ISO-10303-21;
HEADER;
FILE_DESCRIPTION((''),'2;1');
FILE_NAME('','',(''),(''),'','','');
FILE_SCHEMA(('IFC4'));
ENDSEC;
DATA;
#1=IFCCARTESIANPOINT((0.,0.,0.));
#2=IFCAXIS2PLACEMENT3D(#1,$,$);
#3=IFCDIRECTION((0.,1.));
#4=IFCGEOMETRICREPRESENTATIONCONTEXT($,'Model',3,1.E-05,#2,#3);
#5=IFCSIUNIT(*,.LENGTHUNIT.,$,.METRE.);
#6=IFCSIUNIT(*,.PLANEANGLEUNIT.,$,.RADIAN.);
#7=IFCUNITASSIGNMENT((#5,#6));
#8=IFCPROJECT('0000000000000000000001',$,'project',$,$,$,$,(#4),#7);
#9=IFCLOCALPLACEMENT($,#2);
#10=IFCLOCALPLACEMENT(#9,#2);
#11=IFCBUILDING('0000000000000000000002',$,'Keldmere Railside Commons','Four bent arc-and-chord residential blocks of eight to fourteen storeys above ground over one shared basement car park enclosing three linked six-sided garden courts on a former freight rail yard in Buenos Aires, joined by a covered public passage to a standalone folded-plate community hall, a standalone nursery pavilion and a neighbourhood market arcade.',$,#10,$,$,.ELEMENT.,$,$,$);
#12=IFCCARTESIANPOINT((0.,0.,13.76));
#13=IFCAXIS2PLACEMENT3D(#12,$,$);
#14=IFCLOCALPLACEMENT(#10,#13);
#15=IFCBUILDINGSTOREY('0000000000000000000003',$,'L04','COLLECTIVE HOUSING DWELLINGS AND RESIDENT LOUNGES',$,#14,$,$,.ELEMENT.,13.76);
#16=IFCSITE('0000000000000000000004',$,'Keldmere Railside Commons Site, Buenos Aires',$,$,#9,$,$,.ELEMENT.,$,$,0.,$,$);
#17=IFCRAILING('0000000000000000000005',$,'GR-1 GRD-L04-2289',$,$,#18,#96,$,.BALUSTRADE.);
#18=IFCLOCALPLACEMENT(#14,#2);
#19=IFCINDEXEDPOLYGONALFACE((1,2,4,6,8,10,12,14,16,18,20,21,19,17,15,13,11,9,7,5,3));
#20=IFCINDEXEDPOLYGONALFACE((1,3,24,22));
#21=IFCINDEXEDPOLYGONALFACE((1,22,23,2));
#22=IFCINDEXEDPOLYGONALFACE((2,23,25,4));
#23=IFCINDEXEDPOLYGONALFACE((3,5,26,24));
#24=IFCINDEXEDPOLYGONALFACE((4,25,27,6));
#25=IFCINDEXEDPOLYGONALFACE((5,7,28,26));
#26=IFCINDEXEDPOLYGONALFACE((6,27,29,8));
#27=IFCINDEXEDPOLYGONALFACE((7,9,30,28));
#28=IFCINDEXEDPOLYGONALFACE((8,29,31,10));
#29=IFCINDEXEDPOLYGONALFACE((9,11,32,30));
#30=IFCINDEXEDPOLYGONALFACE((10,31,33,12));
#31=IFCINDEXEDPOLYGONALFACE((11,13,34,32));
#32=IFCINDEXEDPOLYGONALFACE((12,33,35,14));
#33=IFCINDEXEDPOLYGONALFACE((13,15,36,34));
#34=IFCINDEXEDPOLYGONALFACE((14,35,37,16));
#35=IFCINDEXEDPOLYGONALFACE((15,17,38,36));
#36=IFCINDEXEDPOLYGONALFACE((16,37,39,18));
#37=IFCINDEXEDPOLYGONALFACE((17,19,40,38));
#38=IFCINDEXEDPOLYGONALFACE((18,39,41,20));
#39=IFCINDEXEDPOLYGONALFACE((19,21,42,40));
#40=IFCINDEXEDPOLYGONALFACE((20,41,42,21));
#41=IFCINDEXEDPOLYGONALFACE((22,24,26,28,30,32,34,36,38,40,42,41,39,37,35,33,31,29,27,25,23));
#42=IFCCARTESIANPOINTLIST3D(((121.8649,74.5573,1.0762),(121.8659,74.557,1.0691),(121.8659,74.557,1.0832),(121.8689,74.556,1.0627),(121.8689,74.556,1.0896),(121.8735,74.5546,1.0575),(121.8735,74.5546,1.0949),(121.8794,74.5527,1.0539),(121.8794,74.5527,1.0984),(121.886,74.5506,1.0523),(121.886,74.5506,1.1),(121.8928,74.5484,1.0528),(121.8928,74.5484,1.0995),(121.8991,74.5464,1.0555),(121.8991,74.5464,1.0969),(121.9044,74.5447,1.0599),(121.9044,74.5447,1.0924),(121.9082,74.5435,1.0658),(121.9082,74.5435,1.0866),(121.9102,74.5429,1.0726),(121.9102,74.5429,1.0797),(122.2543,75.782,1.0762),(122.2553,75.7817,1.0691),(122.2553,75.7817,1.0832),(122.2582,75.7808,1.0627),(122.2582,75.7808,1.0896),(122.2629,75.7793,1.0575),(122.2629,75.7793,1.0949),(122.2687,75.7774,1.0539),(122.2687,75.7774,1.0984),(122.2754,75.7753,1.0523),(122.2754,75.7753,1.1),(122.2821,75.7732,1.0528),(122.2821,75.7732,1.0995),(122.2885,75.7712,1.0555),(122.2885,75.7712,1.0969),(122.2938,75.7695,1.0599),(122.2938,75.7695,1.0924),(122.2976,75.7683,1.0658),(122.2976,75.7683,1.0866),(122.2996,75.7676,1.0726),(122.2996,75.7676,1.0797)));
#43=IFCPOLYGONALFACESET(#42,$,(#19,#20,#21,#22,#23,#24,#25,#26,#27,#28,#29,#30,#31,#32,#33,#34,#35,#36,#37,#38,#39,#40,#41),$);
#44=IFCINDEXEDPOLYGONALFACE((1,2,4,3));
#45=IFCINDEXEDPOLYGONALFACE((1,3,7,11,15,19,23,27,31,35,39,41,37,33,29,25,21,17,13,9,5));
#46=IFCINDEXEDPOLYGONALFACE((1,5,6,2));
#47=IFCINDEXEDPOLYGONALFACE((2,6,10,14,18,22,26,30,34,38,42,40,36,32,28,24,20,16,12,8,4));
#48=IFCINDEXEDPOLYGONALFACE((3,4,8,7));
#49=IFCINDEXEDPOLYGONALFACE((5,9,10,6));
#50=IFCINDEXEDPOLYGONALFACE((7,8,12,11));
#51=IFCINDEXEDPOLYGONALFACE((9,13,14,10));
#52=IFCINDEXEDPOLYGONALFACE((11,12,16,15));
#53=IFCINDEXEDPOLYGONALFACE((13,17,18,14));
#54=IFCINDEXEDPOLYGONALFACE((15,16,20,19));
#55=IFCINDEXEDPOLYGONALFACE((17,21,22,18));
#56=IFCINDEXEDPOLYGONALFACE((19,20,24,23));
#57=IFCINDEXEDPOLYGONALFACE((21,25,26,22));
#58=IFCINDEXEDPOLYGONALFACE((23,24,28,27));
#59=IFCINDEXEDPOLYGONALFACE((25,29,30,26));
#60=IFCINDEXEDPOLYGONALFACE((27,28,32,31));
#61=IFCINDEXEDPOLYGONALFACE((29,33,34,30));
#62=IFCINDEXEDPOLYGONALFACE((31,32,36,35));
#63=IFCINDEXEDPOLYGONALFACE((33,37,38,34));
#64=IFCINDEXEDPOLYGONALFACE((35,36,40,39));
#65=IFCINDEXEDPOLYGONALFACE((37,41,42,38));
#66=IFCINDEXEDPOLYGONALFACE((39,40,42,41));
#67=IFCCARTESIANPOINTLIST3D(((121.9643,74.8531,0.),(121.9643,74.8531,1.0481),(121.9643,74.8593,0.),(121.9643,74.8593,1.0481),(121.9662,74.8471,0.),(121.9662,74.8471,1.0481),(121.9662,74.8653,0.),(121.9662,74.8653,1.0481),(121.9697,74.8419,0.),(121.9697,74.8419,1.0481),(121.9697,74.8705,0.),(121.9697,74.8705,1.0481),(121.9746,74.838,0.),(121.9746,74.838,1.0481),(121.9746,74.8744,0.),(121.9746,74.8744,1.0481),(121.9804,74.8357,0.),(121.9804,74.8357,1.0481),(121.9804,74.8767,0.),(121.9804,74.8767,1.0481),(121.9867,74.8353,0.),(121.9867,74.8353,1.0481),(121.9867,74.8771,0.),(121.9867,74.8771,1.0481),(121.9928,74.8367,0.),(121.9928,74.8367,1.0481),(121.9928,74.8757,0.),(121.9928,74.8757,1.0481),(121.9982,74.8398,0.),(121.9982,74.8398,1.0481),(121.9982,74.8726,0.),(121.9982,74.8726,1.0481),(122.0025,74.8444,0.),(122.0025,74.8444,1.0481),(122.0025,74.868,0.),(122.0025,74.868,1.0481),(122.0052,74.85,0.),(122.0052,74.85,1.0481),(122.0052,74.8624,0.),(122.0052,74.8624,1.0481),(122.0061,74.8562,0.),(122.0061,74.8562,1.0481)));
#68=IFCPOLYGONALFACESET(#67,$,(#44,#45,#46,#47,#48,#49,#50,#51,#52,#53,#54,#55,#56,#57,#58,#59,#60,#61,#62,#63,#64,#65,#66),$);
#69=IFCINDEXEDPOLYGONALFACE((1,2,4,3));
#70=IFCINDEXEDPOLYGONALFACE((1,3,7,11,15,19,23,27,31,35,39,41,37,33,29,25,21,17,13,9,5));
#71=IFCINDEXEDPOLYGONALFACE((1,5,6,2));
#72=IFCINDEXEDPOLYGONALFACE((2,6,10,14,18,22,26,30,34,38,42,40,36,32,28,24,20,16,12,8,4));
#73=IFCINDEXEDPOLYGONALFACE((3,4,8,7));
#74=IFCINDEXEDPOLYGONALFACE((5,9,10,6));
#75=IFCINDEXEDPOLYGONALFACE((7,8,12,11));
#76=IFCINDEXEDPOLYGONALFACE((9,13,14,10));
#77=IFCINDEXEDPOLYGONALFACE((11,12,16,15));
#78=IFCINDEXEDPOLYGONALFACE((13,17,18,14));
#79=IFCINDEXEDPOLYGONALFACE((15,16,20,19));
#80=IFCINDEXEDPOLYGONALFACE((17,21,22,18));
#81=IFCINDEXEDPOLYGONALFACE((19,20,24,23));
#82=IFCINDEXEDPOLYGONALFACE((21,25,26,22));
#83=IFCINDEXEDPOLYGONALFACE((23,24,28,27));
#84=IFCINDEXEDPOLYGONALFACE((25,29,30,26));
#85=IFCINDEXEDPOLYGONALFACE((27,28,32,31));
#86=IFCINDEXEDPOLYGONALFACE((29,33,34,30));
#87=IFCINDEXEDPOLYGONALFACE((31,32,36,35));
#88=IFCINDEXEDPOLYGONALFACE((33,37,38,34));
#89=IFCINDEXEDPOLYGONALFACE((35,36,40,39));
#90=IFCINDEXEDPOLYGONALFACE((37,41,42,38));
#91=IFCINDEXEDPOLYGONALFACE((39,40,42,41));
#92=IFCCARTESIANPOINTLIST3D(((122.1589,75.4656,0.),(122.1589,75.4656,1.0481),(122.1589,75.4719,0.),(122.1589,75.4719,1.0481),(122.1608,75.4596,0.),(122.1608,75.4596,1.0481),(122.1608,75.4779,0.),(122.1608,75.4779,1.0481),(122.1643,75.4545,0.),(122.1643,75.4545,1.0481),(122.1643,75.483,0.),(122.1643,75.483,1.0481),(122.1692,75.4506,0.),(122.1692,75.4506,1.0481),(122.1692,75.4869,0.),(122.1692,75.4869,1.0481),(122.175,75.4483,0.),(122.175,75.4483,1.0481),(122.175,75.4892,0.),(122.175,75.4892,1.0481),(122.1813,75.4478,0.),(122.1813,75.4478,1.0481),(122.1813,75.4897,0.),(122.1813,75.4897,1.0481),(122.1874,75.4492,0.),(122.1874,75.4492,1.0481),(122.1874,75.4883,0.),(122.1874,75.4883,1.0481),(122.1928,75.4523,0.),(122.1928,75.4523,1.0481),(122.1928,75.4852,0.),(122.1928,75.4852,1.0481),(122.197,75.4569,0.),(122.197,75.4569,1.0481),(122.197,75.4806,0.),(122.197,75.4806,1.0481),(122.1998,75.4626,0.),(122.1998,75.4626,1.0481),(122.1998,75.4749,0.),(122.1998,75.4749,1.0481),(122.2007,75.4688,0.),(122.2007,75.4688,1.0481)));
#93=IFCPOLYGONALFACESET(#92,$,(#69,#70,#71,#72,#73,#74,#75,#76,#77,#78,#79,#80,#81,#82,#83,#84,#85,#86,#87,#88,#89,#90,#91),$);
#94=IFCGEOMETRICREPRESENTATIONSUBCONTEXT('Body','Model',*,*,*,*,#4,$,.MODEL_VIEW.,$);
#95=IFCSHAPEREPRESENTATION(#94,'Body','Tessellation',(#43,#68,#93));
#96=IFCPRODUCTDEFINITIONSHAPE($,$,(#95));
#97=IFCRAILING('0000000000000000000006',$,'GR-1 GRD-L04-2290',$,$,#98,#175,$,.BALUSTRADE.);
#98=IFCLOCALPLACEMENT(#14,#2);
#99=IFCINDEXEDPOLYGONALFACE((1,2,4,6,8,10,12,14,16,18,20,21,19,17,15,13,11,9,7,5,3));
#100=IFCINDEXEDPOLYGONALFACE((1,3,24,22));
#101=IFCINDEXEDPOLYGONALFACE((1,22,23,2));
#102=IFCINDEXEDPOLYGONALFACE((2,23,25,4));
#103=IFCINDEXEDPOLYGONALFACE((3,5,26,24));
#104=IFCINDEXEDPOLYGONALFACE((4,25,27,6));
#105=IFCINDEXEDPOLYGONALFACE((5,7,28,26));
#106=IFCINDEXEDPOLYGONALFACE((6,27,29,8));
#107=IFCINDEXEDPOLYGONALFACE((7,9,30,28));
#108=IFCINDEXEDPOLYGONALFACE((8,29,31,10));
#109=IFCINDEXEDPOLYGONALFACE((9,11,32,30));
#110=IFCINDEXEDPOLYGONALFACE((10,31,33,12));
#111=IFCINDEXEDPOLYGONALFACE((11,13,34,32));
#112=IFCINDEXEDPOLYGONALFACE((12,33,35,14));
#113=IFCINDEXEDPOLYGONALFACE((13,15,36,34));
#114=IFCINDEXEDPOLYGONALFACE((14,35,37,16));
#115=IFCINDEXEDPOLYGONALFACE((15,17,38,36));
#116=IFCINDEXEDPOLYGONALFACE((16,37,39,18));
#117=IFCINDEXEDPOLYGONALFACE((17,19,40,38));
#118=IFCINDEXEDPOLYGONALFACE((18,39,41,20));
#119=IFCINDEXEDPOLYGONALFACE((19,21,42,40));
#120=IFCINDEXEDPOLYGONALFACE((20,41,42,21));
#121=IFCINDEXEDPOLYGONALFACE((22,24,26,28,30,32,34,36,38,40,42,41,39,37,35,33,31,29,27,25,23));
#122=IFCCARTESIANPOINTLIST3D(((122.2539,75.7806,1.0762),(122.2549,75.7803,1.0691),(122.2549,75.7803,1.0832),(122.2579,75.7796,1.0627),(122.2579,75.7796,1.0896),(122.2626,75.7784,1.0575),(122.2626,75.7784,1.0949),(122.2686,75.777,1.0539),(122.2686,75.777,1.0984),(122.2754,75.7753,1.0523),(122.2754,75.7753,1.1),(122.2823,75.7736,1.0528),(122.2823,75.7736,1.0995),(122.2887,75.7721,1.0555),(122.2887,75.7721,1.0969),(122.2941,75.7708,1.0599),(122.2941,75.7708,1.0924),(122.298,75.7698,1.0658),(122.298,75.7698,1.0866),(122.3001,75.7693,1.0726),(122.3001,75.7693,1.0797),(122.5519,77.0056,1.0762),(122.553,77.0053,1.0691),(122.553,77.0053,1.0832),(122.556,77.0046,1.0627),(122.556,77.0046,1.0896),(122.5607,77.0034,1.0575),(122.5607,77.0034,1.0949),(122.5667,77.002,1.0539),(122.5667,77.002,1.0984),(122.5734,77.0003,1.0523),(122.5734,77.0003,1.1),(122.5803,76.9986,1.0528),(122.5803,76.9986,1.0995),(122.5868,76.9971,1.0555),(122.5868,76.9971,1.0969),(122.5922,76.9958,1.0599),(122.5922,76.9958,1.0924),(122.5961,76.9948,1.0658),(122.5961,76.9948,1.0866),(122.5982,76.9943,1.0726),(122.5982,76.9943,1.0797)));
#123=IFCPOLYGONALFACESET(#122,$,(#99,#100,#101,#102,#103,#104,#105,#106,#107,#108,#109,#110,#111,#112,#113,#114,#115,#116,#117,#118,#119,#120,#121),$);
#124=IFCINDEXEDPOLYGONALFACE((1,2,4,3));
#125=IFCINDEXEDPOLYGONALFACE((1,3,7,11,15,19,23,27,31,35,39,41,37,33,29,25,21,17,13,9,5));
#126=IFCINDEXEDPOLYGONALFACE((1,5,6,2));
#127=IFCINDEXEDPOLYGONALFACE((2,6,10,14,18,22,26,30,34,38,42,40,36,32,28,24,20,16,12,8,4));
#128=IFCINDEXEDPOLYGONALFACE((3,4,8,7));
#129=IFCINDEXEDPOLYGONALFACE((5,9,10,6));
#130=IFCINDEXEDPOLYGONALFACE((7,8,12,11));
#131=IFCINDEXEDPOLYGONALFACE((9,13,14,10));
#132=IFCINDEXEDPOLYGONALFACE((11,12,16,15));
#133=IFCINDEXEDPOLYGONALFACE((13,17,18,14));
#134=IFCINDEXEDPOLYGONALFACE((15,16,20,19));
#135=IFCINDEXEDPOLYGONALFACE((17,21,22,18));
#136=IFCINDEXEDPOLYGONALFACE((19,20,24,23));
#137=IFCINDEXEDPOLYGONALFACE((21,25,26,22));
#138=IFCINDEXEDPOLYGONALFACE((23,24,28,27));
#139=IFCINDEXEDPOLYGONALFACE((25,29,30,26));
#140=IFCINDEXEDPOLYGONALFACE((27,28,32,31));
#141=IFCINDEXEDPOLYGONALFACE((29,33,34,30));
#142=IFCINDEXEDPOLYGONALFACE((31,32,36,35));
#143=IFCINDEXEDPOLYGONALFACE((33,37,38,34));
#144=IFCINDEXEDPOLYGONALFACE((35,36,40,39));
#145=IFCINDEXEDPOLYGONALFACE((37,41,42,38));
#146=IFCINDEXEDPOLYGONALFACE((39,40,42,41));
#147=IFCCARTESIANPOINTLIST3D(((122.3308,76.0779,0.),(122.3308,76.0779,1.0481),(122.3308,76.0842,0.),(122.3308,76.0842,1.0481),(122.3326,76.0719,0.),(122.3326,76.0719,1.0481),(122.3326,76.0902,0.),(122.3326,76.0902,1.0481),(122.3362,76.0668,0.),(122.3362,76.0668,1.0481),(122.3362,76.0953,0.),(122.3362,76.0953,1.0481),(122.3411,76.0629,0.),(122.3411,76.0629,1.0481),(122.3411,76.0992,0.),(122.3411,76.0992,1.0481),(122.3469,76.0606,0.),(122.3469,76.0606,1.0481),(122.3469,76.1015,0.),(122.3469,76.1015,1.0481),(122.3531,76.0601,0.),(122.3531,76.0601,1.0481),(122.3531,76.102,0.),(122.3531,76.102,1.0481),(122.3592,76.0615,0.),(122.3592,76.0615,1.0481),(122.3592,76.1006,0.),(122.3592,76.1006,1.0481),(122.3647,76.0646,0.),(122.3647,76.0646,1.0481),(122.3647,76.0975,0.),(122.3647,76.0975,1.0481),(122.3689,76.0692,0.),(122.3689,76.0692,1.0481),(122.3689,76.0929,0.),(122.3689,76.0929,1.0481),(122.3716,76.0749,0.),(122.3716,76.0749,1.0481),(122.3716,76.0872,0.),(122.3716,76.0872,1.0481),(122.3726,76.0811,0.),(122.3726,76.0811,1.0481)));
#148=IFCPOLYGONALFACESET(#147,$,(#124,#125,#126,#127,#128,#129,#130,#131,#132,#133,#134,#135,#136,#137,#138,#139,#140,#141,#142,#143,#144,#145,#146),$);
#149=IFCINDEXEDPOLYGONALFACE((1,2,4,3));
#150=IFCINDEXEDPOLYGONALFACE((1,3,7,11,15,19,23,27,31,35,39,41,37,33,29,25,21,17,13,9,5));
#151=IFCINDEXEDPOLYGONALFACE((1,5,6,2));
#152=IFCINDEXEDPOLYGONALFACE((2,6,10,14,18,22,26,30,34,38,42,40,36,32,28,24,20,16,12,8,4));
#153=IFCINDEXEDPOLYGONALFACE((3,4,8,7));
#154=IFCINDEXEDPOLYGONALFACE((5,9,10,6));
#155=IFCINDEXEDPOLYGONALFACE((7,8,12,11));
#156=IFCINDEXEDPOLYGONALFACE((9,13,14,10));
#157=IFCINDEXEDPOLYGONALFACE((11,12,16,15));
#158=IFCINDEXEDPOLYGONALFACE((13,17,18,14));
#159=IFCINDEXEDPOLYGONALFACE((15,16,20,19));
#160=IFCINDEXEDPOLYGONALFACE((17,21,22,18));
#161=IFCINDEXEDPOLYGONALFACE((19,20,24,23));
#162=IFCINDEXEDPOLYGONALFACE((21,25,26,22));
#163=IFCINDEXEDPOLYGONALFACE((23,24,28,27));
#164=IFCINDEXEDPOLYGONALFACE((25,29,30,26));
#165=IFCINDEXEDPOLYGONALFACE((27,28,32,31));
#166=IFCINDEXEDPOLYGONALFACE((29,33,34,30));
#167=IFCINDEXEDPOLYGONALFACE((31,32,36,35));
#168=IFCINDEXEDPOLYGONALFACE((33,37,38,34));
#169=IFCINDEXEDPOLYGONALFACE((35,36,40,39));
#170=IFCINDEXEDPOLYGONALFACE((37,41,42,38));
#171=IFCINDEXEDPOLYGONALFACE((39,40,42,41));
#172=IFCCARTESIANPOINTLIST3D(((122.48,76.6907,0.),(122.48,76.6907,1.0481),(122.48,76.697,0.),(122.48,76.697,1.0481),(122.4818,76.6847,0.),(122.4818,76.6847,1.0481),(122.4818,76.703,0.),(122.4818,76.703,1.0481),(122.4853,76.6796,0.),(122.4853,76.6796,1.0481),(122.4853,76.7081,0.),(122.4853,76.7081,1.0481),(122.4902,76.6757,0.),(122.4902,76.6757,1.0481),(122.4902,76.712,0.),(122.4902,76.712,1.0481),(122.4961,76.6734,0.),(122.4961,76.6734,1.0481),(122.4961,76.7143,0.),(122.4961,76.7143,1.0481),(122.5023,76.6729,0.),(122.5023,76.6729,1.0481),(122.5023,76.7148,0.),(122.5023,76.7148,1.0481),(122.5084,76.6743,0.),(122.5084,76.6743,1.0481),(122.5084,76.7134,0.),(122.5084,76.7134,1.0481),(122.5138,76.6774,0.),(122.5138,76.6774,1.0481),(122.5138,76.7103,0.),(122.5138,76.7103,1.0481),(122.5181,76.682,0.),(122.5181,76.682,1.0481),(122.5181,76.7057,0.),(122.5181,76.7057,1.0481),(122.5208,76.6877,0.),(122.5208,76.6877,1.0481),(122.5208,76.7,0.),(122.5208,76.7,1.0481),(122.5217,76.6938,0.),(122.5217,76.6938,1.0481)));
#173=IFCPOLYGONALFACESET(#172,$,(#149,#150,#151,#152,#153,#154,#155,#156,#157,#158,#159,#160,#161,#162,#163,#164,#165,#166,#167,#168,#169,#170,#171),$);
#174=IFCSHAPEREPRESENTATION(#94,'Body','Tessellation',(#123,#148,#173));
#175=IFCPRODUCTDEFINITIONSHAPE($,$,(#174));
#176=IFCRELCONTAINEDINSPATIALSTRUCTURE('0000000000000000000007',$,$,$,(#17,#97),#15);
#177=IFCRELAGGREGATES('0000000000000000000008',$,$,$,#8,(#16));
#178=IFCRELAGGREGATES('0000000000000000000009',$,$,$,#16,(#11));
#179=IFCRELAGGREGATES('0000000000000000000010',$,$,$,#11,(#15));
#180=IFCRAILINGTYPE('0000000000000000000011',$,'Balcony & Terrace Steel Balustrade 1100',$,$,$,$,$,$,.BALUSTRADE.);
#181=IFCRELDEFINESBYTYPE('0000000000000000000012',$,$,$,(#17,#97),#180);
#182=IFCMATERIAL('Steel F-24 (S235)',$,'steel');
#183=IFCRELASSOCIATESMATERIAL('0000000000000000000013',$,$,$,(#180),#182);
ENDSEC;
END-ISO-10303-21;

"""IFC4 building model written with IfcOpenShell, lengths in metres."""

from ifc_helpers import new_model, si_unit, direction, frame, origin, origin_2d, place, context, subcontext, project, spatial, circle, extrude, material, type_object, element, save


model = new_model("IFC4")

# Units and contexts
model_context = context("Model", 3, precision=1e-05, world=origin(), true_north=direction((0.0, 1.0)))
body_context = subcontext(model_context, "Body", "Model", "MODEL_VIEW")
ifc_project = project(units=[si_unit("LENGTHUNIT", "METRE"), si_unit("PLANEANGLEUNIT", "RADIAN")], contexts=[model_context])

# Site, building, storey
site_placement = place(None, origin())
site = spatial("IfcSite", under=ifc_project, at=site_placement, Name="Keldmere Railside Commons Site, Buenos Aires", CompositionType="ELEMENT", RefElevation=0.0)
building_placement = place(site_placement, origin())
building = spatial("IfcBuilding", under=site, at=building_placement, Name="Keldmere Railside Commons", Description="Four bent arc-and-chord residential blocks of eight to fourteen storeys above ground over one shared basement car park enclosing three linked six-sided garden courts on a former freight rail yard in Buenos Aires, joined by a covered public passage to a standalone folded-plate community hall, a standalone nursery pavilion and a neighbourhood market arcade.", CompositionType="ELEMENT")
storey_placement = place(building_placement, frame((0.0, 0.0, 13.76)))
storey = spatial("IfcBuildingStorey", under=building, at=storey_placement, Name="L04", Description="COLLECTIVE HOUSING DWELLINGS AND RESIDENT LOUNGES", CompositionType="ELEMENT", Elevation=13.76)

# Railings
ifc_material_1 = material(Name="Steel F-24 (S235)", Category="steel")
railing_type_1 = type_object("IfcRailingType", Name="Balcony & Terrace Steel Balustrade 1100", PredefinedType="BALUSTRADE", material=ifc_material_1)
railing_1_placement = place(storey_placement, frame((121.8877, 74.55, 0.0)))
element("IfcRailing", 1, at=railing_1_placement, inside=storey, type_object=railing_type_1, Name="GR-1 GRD-L04-2289", PredefinedType="BALUSTRADE", context=body_context, shape_type="SweptSolid", body=[
    extrude(circle(Radius=0.0239, at=origin_2d()), frame((0.0, 0.0, 1.0762), z_axis=(0.302976, 0.952998, 0.0), x_axis=(-0.952998, 0.302976, 0.0)), (0.0, 0.0, 1.0), 1.2852),
    extrude(circle(Radius=0.021, at=origin_2d()), frame((0.0974, 0.3062, 0.0)), (0.0, 0.0, 1.0), 1.0481),
    extrude(circle(Radius=0.021, at=origin_2d()), frame((0.292, 0.9187, 0.0)), (0.0, 0.0, 1.0), 1.0481),
])
railing_2_placement = place(storey_placement, frame((122.2771, 75.7749, 0.0)))
element("IfcRailing", 2, at=railing_2_placement, inside=storey, type_object=railing_type_1, Name="GR-1 GRD-L04-2290", PredefinedType="BALUSTRADE", context=body_context, shape_type="SweptSolid", body=[
    extrude(circle(Radius=0.0239, at=origin_2d()), frame((0.0, 0.0, 1.0762), z_axis=(0.236426, 0.97165, 0.0), x_axis=(-0.97165, 0.236426, 0.0)), (0.0, 0.0, 1.0), 1.2607),
    extrude(circle(Radius=0.021, at=origin_2d()), frame((0.0745, 0.3062, 0.0)), (0.0, 0.0, 1.0), 1.0481),
    extrude(circle(Radius=0.021, at=origin_2d()), frame((0.2236, 0.9189, 0.0)), (0.0, 0.0, 1.0), 1.0481),
])

save(model, "model.ifc")
